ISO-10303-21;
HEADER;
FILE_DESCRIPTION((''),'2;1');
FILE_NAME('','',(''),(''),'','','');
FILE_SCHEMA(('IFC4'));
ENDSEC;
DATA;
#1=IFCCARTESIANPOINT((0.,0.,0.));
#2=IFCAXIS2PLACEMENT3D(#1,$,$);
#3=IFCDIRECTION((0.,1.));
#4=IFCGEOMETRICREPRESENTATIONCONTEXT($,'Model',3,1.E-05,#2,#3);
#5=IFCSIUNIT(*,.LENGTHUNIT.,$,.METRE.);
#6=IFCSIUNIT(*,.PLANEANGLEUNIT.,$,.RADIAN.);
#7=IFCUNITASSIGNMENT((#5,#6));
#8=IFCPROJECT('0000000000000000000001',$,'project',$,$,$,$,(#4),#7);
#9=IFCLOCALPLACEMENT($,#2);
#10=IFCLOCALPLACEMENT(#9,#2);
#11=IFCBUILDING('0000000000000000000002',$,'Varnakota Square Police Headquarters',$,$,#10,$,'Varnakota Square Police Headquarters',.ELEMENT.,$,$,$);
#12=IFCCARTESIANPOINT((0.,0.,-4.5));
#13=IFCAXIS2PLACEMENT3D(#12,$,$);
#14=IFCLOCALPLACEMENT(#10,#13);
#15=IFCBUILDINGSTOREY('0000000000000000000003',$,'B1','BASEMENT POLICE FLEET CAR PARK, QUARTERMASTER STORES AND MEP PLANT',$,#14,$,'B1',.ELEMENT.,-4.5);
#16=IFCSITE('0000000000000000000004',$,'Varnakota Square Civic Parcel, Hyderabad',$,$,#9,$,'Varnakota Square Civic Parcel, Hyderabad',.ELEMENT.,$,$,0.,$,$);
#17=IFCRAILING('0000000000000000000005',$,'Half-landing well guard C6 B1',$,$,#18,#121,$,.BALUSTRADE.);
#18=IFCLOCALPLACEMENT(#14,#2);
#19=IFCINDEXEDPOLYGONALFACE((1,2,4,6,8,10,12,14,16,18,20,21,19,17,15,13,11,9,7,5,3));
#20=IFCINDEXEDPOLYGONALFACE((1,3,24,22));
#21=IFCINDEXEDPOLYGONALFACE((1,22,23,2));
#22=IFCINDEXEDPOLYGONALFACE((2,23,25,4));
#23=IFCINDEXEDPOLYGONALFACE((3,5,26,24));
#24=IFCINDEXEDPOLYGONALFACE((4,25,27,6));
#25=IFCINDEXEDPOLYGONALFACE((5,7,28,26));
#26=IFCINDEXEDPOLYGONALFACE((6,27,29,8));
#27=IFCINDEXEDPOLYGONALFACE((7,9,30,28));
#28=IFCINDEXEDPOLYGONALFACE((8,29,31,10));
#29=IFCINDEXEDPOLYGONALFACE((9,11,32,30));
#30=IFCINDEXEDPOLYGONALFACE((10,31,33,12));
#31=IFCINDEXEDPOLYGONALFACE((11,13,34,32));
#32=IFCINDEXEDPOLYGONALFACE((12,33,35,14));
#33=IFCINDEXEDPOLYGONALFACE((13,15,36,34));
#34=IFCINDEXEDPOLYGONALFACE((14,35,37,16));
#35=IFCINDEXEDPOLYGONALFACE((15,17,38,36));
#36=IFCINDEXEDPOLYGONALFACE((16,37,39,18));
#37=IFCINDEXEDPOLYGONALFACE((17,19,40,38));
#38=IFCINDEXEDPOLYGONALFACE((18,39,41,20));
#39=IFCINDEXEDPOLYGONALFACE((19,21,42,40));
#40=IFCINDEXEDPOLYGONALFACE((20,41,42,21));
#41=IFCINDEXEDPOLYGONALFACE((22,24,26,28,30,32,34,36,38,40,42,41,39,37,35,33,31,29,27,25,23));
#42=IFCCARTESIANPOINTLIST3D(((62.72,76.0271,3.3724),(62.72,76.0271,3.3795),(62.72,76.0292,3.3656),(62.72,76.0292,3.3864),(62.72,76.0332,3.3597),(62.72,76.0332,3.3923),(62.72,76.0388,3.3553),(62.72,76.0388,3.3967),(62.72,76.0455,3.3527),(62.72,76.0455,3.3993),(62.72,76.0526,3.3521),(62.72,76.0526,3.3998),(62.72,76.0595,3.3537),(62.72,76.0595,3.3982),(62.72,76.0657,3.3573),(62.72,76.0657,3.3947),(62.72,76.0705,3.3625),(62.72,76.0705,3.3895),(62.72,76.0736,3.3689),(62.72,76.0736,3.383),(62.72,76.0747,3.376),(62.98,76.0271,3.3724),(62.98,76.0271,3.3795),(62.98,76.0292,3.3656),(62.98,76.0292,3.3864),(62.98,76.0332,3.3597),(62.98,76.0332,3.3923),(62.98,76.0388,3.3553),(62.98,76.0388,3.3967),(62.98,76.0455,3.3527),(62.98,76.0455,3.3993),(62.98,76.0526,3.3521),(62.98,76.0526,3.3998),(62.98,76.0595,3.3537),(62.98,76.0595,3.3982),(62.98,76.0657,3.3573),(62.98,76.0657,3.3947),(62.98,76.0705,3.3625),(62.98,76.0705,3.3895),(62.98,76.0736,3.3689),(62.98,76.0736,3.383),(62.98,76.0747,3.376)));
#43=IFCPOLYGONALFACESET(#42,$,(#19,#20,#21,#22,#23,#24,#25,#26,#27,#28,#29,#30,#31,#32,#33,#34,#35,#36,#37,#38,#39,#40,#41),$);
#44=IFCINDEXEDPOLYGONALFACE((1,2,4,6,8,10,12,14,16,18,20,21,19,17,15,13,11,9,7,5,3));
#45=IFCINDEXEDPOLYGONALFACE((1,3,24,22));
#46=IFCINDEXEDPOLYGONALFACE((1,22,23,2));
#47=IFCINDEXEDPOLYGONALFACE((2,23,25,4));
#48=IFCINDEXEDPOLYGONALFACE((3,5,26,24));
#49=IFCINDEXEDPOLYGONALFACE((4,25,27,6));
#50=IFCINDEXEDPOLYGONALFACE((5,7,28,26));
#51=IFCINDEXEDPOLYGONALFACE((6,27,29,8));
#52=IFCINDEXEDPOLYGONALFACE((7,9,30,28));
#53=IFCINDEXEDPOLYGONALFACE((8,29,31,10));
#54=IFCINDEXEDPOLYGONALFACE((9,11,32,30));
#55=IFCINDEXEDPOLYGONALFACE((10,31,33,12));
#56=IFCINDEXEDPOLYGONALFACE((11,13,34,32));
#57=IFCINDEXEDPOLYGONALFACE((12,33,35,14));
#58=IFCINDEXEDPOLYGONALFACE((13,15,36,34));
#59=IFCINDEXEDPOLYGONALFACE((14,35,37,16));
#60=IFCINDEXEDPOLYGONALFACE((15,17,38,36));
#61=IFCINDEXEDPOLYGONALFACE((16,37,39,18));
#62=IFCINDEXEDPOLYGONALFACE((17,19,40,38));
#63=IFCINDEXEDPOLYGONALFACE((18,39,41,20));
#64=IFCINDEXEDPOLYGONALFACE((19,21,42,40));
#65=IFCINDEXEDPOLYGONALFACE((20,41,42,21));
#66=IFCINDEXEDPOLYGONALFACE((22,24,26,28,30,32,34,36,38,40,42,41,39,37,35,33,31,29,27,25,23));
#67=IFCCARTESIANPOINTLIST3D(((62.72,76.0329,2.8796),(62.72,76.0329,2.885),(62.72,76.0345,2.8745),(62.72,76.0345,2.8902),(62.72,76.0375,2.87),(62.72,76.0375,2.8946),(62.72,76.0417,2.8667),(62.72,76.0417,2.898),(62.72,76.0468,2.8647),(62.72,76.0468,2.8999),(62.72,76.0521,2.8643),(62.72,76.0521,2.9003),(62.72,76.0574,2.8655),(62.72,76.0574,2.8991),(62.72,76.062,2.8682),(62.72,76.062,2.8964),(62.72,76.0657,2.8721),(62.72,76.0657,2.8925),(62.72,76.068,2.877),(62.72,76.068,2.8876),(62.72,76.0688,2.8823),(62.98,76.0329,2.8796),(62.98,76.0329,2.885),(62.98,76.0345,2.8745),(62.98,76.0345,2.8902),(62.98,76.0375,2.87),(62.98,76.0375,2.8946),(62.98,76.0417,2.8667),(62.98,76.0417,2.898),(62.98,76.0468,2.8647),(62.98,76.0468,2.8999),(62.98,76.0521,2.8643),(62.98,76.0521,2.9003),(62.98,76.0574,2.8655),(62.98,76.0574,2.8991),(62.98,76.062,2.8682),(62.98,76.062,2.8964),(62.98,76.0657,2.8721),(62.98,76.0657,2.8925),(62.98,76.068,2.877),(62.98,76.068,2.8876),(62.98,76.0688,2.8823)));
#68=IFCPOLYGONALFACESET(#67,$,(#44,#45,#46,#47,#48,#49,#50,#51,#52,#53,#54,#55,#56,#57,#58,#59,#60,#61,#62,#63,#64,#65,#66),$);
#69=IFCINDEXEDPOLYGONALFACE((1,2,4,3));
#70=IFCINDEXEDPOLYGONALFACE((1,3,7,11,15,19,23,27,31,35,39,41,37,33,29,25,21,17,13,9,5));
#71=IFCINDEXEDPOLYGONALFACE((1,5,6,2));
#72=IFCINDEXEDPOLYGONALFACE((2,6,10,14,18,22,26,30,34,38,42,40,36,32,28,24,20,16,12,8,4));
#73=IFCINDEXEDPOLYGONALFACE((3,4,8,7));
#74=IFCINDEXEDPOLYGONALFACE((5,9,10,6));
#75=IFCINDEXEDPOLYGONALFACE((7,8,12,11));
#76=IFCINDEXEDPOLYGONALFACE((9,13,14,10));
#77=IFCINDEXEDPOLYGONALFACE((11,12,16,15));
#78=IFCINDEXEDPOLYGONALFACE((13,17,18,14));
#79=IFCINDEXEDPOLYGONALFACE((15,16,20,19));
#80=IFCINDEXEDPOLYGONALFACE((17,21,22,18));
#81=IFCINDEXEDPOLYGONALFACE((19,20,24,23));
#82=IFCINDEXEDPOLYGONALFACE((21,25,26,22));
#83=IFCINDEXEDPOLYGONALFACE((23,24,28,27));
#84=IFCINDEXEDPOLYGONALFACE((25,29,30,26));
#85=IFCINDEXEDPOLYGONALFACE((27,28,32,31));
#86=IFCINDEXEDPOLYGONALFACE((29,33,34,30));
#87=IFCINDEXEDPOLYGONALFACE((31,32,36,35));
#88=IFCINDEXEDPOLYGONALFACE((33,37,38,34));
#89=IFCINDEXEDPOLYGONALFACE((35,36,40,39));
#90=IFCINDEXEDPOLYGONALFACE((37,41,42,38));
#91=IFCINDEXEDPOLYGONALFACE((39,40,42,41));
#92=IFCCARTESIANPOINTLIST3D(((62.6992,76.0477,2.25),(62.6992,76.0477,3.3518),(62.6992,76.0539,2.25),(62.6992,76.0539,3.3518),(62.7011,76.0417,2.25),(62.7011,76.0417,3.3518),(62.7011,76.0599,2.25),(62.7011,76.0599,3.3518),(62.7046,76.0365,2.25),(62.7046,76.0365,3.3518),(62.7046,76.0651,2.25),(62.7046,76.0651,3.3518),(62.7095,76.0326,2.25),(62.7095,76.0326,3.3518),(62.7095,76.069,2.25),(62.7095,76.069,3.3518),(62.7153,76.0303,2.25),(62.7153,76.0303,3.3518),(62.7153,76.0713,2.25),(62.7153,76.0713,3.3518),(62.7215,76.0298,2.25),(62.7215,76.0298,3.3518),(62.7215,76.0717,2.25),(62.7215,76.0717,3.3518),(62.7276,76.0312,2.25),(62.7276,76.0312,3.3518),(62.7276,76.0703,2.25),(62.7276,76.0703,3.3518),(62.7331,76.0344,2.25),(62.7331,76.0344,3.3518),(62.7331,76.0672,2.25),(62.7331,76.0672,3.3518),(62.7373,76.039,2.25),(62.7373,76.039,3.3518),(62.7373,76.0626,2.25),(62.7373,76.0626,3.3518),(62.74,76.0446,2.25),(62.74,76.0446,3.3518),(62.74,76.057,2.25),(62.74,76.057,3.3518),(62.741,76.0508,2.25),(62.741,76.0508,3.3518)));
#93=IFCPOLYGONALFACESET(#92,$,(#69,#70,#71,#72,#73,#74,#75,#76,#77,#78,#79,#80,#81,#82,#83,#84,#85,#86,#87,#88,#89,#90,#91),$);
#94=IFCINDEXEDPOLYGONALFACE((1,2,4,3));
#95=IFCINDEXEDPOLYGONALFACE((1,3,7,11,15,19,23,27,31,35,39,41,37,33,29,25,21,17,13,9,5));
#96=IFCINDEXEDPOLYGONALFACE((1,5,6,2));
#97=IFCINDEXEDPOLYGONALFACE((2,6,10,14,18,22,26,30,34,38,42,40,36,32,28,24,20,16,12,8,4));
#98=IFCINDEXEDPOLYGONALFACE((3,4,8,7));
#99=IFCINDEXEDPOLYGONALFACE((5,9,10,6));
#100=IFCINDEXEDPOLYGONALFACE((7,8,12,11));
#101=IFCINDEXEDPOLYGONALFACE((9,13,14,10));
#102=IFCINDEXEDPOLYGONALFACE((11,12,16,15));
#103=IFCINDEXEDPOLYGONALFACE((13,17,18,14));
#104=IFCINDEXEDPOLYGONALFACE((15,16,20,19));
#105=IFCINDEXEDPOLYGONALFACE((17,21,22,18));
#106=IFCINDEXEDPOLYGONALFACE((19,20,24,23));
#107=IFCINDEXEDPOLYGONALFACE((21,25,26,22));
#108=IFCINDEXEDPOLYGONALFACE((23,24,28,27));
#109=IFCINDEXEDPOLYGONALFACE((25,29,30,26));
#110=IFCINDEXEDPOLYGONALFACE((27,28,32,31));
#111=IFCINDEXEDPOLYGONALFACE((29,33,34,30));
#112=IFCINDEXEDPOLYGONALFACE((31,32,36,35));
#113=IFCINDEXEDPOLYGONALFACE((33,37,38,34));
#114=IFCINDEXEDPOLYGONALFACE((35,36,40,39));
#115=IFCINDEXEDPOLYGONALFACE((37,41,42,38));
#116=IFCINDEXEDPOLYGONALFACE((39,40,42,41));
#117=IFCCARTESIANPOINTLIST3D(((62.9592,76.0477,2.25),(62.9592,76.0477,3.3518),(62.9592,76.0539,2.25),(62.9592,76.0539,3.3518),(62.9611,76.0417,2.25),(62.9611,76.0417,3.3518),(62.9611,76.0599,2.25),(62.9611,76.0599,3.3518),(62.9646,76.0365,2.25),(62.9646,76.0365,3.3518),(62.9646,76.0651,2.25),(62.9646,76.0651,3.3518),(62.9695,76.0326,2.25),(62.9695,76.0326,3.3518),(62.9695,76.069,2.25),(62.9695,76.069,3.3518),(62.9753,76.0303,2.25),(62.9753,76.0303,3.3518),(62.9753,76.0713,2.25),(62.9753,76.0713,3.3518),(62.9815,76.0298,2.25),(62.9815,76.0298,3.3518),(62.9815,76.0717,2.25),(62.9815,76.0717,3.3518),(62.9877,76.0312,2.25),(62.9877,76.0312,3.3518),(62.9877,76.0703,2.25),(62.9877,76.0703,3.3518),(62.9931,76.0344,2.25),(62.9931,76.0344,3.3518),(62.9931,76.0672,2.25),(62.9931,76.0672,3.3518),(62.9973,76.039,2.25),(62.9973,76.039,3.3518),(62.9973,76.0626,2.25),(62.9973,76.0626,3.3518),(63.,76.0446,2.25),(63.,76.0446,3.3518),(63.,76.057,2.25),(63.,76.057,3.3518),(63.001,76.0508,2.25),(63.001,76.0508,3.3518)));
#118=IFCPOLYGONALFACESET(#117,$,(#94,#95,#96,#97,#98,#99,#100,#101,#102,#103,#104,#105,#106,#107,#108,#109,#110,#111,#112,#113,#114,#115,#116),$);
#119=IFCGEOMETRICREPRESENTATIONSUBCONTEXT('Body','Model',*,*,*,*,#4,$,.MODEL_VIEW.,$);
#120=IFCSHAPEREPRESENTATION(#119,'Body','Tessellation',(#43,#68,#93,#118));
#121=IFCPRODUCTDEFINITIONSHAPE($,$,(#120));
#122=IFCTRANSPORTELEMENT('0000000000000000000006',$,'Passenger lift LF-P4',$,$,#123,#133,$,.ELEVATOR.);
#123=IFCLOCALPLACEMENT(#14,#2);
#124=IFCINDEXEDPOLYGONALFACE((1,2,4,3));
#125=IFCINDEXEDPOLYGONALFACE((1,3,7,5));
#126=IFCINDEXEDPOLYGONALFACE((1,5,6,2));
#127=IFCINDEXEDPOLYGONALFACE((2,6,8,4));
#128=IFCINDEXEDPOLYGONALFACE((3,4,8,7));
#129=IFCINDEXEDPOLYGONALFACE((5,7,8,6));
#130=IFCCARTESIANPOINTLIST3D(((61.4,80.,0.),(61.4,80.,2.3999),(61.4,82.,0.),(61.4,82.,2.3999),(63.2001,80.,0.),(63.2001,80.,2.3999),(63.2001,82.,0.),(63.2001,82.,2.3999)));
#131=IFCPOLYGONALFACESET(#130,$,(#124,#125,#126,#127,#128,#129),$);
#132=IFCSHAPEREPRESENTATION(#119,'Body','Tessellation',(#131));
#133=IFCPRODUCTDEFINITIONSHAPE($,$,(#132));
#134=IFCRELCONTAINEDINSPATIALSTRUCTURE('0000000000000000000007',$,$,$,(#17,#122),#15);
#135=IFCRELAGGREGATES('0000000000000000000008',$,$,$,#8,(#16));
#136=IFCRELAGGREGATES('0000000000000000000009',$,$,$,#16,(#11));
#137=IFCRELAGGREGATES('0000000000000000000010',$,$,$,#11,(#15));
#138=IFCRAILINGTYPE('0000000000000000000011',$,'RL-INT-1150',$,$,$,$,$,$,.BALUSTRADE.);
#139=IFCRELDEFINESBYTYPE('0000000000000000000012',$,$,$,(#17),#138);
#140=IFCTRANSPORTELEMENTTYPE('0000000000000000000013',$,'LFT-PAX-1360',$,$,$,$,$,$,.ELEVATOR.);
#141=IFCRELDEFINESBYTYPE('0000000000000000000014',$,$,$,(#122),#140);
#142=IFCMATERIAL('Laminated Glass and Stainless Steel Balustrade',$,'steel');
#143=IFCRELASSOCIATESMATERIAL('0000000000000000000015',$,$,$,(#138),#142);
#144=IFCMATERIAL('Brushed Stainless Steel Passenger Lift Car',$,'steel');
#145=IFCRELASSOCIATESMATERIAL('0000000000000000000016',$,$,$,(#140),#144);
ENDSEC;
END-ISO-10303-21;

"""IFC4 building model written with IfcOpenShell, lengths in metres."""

from ifc_helpers import new_model, si_unit, direction, frame, origin, origin_2d, place, context, subcontext, project, spatial, rectangle, circle, extrude, material, type_object, element, save


model = new_model("IFC4")

# Units and contexts
model_context = context("Model", 3, precision=1e-05, world=origin(), true_north=direction((0.0, 1.0)))
body_context = subcontext(model_context, "Body", "Model", "MODEL_VIEW")
ifc_project = project(units=[si_unit("LENGTHUNIT", "METRE"), si_unit("PLANEANGLEUNIT", "RADIAN")], contexts=[model_context])

# Site, building, storey
site_placement = place(None, origin())
site = spatial("IfcSite", under=ifc_project, at=site_placement, Name="Varnakota Square Civic Parcel, Hyderabad", LongName="Varnakota Square Civic Parcel, Hyderabad", CompositionType="ELEMENT", RefElevation=0.0)
building_placement = place(site_placement, origin())
building = spatial("IfcBuilding", under=site, at=building_placement, Name="Varnakota Square Police Headquarters", LongName="Varnakota Square Police Headquarters", CompositionType="ELEMENT")
storey_placement = place(building_placement, frame((0.0, 0.0, -4.5)))
storey = spatial("IfcBuildingStorey", under=building, at=storey_placement, Name="B1", Description="BASEMENT POLICE FLEET CAR PARK, QUARTERMASTER STORES AND MEP PLANT", LongName="B1", CompositionType="ELEMENT", Elevation=-4.5)

# Railing
ifc_material_1 = material(Name="Laminated Glass and Stainless Steel Balustrade", Category="steel")
railing_type_1 = type_object("IfcRailingType", Name="RL-INT-1150", PredefinedType="BALUSTRADE", material=ifc_material_1)
railing_1_placement = place(storey_placement, frame((62.72, 76.0508, 2.25)))
element("IfcRailing", 1, at=railing_1_placement, inside=storey, type_object=railing_type_1, Name="Half-landing well guard C6 B1", PredefinedType="BALUSTRADE", context=body_context, shape_type="SweptSolid", body=[
    extrude(circle(Radius=0.0239, at=origin_2d()), frame((0.0, 0.0, 1.126), z_axis=(1.0, 0.0, 0.0), x_axis=(0.0, 1.0, 0.0)), (0.0, 0.0, 1.0), 0.26),
    extrude(circle(Radius=0.0181, at=origin_2d()), frame((0.0, 0.0, 0.6323), z_axis=(1.0, 0.0, 0.0), x_axis=(0.0, 1.0, 0.0)), (0.0, 0.0, 1.0), 0.26),
    extrude(circle(Radius=0.021, at=origin_2d()), origin(), (0.0, 0.0, 1.0), 1.1018),
    extrude(circle(Radius=0.021, at=origin_2d()), frame((0.26, 0.0, 0.0)), (0.0, 0.0, 1.0), 1.1018),
])

# Transport element
ifc_material_2 = material(Name="Brushed Stainless Steel Passenger Lift Car", Category="steel")
transport_element_type = type_object("IfcTransportElementType", Name="LFT-PAX-1360", PredefinedType="ELEVATOR", material=ifc_material_2)
transport_element_placement = place(storey_placement, frame((62.3, 81.0, 0.0), z_axis=(0.0, 0.0, 1.0), x_axis=(1.0, 0.0, 0.0)))
element("IfcTransportElement", 2, at=transport_element_placement, inside=storey, type_object=transport_element_type, Name="Passenger lift LF-P4", PredefinedType="ELEVATOR", context=body_context, shape_type="SweptSolid", body=[
    extrude(rectangle(XDim=1.8, YDim=2.0, at=origin_2d()), origin(), (0.0, 0.0, 1.0), 2.3999),
])

save(model, "model.ifc")
